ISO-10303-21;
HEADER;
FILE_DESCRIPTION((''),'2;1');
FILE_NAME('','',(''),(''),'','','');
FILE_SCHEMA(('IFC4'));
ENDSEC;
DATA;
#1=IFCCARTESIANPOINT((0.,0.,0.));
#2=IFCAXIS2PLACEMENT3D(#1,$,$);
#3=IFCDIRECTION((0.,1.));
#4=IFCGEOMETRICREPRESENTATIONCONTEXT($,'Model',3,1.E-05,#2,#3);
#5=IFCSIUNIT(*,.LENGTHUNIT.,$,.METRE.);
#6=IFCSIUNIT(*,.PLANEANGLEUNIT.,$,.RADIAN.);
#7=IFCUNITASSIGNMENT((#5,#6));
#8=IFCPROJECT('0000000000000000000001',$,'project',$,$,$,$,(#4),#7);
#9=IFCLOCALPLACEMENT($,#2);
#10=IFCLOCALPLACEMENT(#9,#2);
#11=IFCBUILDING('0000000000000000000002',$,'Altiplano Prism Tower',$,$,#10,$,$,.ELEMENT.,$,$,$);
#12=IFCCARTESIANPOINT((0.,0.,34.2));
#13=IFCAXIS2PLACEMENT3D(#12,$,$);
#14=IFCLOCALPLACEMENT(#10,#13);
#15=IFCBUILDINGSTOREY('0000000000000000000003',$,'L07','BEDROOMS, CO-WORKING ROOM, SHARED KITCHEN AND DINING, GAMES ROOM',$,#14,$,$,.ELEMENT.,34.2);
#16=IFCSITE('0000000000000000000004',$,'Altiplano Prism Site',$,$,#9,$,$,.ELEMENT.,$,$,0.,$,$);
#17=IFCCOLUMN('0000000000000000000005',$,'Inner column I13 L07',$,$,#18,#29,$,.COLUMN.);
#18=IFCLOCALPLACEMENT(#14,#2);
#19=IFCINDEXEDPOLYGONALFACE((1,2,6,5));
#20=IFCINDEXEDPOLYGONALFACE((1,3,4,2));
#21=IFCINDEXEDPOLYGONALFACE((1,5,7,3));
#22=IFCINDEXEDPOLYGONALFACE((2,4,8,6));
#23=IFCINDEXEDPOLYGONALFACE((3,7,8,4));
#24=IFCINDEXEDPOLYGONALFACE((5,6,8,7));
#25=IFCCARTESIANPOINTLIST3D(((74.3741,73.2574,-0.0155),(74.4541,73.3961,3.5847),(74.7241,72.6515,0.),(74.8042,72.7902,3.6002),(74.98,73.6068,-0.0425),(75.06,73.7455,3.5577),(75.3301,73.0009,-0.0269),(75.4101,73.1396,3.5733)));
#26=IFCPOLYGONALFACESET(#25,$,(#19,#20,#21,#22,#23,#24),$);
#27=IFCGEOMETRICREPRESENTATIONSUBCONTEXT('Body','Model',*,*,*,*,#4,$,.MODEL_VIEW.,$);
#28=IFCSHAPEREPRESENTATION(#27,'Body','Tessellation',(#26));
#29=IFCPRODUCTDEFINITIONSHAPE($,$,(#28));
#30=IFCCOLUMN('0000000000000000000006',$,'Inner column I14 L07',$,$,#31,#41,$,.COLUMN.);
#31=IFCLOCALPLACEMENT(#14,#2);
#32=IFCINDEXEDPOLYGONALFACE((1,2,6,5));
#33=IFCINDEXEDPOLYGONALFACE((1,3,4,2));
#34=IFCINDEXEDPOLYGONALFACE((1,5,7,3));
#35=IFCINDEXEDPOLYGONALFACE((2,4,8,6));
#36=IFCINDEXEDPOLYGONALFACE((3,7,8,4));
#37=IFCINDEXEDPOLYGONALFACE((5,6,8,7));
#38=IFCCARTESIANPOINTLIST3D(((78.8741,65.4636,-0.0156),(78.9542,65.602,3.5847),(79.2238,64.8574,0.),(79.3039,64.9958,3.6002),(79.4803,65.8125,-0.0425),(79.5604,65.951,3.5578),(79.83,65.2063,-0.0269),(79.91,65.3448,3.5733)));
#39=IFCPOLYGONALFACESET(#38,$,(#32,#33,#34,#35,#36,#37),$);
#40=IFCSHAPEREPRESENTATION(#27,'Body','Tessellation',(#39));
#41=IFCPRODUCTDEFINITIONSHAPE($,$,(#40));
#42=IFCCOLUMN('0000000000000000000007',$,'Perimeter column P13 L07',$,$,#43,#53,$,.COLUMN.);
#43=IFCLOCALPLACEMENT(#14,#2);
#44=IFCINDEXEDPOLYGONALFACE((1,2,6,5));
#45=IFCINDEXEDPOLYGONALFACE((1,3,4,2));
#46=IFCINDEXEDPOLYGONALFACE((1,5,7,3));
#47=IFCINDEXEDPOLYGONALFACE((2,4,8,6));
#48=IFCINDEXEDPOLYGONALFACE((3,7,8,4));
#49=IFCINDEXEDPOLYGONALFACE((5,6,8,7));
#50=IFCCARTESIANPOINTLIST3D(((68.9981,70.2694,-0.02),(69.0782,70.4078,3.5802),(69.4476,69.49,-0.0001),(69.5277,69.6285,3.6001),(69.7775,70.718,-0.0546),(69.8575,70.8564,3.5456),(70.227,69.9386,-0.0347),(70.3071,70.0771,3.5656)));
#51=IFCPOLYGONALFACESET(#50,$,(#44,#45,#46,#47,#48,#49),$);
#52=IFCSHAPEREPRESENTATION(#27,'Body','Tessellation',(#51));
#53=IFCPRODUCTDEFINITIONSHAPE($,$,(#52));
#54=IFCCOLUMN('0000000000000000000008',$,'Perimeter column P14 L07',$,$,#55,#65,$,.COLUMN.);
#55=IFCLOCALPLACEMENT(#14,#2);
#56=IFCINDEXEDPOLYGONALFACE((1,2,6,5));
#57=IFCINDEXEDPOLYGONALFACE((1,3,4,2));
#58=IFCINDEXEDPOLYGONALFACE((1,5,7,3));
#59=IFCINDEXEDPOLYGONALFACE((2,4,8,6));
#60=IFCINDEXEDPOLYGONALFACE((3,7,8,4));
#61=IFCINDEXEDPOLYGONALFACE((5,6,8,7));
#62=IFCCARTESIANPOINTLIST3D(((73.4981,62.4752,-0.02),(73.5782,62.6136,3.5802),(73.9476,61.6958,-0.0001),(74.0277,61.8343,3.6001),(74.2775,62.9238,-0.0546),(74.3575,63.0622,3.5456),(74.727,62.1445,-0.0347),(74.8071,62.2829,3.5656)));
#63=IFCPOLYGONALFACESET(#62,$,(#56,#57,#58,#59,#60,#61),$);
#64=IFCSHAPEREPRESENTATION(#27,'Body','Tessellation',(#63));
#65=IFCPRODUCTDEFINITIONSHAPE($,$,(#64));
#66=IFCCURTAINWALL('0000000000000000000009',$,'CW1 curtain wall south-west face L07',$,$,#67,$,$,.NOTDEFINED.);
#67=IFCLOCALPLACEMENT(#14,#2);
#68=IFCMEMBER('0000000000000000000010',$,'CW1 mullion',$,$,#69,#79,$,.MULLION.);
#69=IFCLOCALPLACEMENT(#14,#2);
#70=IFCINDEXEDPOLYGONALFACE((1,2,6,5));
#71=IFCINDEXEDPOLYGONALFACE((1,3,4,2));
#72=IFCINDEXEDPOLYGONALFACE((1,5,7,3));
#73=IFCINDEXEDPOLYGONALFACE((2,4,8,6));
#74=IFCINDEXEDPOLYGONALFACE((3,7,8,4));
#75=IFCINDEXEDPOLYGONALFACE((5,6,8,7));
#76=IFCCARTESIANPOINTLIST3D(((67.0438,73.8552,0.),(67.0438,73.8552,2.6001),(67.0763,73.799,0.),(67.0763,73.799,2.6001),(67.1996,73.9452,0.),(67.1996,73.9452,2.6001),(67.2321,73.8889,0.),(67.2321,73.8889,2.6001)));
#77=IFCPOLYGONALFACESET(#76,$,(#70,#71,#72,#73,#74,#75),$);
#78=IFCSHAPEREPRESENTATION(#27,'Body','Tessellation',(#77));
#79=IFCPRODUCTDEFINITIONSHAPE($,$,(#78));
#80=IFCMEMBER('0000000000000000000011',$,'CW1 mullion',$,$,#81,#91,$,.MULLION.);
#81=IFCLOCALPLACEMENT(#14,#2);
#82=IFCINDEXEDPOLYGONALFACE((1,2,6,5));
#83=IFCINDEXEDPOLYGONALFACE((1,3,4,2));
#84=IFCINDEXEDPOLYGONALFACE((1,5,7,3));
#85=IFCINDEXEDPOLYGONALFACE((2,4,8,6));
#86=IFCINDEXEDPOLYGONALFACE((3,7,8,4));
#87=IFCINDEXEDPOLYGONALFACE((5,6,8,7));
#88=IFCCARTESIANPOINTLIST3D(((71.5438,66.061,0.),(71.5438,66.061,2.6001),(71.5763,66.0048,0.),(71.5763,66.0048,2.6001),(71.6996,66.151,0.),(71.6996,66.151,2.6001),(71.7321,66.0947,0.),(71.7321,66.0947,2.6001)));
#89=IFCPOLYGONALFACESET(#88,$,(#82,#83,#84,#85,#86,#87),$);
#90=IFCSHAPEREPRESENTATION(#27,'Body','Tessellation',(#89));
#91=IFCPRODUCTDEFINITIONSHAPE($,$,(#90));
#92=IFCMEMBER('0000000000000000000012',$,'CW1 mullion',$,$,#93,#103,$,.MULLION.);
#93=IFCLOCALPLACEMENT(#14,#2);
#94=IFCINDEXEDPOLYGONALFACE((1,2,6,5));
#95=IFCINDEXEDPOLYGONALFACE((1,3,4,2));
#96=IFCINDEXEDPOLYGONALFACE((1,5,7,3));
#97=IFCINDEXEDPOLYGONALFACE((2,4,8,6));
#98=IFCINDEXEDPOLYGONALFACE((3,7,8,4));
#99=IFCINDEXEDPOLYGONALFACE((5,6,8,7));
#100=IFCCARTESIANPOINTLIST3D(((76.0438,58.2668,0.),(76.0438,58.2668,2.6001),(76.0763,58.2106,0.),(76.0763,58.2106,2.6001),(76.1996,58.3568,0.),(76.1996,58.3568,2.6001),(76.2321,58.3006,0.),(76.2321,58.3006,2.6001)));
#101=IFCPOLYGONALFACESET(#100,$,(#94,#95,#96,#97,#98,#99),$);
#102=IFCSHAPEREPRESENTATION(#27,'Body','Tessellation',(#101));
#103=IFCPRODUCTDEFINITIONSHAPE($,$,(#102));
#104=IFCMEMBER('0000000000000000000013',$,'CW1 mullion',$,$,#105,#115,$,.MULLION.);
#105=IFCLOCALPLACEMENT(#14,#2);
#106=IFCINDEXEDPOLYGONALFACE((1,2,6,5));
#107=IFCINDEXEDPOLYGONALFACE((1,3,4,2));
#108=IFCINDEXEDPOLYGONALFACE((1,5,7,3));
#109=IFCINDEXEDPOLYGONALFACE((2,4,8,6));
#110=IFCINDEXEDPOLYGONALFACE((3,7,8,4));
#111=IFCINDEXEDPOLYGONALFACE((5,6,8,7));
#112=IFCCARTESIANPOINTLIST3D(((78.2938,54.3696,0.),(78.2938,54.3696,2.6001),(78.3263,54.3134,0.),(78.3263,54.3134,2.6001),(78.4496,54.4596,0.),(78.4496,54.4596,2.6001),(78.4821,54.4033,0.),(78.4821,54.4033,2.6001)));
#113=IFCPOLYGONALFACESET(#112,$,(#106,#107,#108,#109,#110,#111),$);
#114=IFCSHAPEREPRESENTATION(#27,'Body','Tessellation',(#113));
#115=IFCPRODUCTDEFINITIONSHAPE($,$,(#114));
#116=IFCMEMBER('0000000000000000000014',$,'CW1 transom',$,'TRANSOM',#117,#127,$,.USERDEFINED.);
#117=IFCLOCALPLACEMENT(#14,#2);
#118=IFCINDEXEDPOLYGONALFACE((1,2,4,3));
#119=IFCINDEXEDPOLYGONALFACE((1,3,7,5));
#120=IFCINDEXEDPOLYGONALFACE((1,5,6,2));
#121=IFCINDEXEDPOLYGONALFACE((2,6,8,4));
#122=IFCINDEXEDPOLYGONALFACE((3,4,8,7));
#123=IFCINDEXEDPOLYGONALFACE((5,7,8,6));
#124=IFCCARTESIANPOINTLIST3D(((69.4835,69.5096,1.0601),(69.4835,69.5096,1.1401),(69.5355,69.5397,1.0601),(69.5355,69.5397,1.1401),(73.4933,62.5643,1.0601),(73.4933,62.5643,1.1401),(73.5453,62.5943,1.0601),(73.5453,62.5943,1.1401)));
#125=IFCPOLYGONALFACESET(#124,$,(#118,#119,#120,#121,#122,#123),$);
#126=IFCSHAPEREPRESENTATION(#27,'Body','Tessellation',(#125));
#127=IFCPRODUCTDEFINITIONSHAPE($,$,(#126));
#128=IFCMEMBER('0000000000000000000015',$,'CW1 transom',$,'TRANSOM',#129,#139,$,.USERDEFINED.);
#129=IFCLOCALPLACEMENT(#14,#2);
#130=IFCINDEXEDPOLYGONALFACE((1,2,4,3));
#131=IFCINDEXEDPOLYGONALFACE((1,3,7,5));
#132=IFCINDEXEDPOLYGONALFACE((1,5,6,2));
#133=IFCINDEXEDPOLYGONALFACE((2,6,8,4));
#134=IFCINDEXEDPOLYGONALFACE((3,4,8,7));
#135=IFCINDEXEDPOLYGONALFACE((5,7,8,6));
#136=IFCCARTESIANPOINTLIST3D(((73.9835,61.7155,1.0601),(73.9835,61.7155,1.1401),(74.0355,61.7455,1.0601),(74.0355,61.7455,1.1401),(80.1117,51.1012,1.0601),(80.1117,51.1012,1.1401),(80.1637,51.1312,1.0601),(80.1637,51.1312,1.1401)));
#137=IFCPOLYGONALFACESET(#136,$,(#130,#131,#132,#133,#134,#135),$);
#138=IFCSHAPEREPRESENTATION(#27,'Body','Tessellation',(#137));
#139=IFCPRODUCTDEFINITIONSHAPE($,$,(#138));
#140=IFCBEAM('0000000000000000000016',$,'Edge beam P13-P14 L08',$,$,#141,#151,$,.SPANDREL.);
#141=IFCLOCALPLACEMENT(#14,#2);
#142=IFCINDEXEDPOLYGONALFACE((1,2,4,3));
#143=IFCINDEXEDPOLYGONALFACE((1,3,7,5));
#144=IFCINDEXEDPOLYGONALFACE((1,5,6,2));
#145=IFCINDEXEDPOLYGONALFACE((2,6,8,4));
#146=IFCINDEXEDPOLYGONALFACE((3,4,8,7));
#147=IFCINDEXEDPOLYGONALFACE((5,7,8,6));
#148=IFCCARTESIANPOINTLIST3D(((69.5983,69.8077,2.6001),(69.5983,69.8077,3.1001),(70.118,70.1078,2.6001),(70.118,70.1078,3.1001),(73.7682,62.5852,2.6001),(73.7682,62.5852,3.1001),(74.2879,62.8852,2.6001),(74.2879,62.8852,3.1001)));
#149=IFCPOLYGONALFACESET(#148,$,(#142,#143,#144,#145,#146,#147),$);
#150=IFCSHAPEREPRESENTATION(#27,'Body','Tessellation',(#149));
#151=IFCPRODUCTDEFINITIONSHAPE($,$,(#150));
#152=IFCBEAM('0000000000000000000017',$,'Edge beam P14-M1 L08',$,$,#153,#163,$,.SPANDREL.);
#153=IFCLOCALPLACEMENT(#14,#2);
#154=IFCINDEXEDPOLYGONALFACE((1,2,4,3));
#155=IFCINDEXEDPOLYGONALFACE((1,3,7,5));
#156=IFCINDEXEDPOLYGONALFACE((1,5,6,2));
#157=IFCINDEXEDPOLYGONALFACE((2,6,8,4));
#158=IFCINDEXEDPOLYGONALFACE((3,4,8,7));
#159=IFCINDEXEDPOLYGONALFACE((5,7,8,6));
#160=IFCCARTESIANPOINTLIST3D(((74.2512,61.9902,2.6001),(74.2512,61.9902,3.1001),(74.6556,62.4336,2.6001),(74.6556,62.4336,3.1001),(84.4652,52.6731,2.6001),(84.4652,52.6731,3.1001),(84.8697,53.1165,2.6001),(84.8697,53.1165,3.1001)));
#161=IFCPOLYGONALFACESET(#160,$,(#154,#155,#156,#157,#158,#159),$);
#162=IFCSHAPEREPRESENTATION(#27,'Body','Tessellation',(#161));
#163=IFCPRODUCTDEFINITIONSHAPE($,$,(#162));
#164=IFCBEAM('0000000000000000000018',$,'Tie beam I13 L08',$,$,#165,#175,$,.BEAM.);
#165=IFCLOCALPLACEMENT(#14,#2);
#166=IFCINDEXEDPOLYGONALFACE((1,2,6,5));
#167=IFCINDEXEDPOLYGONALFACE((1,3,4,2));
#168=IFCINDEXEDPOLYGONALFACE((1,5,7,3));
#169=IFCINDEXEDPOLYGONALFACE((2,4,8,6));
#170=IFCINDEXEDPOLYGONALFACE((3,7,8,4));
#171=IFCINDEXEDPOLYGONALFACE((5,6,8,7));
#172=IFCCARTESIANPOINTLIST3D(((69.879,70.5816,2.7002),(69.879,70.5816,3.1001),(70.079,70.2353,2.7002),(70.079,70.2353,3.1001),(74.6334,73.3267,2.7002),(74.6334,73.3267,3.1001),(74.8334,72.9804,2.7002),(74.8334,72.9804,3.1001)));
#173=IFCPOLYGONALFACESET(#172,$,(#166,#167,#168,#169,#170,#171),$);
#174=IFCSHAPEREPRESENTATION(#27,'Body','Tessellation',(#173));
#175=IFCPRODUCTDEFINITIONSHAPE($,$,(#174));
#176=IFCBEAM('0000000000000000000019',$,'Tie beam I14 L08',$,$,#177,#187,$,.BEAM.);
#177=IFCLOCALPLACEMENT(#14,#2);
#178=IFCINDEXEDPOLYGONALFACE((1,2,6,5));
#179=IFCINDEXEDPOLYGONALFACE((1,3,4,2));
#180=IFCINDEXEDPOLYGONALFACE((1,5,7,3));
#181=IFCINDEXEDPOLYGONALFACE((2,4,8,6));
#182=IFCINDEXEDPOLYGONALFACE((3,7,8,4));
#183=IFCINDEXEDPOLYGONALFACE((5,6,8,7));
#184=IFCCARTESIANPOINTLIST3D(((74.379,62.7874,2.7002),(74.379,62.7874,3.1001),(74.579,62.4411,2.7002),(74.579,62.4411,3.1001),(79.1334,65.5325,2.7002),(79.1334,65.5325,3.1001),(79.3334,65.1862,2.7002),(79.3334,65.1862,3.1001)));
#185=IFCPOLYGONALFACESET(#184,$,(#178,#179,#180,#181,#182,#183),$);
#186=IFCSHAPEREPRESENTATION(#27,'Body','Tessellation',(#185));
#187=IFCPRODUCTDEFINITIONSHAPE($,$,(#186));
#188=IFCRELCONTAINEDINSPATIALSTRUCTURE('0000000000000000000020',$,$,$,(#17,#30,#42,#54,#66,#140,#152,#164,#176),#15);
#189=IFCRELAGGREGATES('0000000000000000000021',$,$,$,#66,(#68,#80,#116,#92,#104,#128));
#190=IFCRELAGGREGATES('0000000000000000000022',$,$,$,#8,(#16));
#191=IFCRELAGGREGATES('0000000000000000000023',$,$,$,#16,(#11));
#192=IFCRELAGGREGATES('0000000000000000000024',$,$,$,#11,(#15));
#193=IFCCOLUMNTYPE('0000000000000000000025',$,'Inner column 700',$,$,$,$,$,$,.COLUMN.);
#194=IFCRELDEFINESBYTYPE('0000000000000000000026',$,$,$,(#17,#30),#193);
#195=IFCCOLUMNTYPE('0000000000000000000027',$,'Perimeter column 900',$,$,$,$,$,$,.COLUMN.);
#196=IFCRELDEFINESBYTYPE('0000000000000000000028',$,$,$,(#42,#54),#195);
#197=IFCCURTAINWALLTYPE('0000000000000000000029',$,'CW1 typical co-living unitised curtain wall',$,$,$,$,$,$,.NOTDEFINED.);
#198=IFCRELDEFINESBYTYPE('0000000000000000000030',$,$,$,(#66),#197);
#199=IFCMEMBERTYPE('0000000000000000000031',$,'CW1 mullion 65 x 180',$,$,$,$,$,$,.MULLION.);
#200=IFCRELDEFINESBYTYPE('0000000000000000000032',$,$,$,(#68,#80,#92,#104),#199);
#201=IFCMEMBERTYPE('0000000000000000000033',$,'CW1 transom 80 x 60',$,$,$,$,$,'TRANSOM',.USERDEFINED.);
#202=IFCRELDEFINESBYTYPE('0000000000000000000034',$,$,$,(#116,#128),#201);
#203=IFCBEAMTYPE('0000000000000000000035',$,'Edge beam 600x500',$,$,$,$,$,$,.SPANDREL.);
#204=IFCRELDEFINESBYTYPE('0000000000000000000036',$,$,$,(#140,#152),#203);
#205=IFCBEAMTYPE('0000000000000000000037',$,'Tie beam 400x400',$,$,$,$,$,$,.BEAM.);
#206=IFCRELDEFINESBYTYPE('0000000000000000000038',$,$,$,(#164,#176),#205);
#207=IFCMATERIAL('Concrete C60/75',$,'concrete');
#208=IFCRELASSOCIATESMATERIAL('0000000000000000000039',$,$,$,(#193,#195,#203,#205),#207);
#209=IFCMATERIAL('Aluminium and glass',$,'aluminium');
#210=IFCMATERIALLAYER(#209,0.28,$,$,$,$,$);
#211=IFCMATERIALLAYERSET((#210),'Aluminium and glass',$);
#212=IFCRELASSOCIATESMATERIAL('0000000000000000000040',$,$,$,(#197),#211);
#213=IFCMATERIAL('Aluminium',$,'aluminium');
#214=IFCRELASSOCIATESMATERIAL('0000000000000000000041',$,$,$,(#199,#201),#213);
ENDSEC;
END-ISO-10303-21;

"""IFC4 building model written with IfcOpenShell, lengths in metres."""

from ifc_helpers import new_model, si_unit, direction, frame, origin, origin_2d, place, context, subcontext, project, spatial, rectangle, extrude, material, layer, layer_set, material_profile, profile_set, type_object, element, aggregate, save


model = new_model("IFC4")

# Units and contexts
model_context = context("Model", 3, precision=1e-05, world=origin(), true_north=direction((0.0, 1.0)))
body_context = subcontext(model_context, "Body", "Model", "MODEL_VIEW")
ifc_project = project(units=[si_unit("LENGTHUNIT", "METRE"), si_unit("PLANEANGLEUNIT", "RADIAN")], contexts=[model_context])

# Site, building, storey
site_placement = place(None, origin())
site = spatial("IfcSite", under=ifc_project, at=site_placement, Name="Altiplano Prism Site", CompositionType="ELEMENT", RefElevation=0.0)
building_placement = place(site_placement, origin())
building = spatial("IfcBuilding", under=site, at=building_placement, Name="Altiplano Prism Tower", CompositionType="ELEMENT")
storey_placement = place(building_placement, frame((0.0, 0.0, 34.2)))
storey = spatial("IfcBuildingStorey", under=building, at=storey_placement, Name="L07", Description="BEDROOMS, CO-WORKING ROOM, SHARED KITCHEN AND DINING, GAMES ROOM", CompositionType="ELEMENT", Elevation=34.2)

# Columns
ifc_material_1 = material(Name="Concrete C60/75", Category="concrete")
ifc_material_profile_1 = material_profile(ifc_material_1, rectangle(XDim=0.7, YDim=0.7, at=origin_2d()), Name="Inner column 700")
ifc_profile_set_1 = profile_set([ifc_material_profile_1], Name="Concrete C60/75")
column_type_1 = type_object("IfcColumnType", Name="Inner column 700", PredefinedType="COLUMN", material=ifc_profile_set_1)
for number, where, z_axis, x_axis, name in (
    (1, (74.8521, 73.1292, -0.0212), (0.022221, 0.038481, 0.999012), (-0.865645, -0.499178, 0.038483), "Inner column I13 L07"),
    (2, (79.3521, 65.335, -0.0212), (0.022221, 0.038413, 0.999015), (-0.866027, -0.498518, 0.038432), "Inner column I14 L07"),
):
    element("IfcColumn", number, at=place(storey_placement, frame(where, z_axis=z_axis, x_axis=x_axis)), inside=storey, type_object=column_type_1, Name=name, PredefinedType="COLUMN", context=body_context, shape_type="SweptSolid", body=[
        extrude(rectangle(XDim=0.7, YDim=0.7, at=origin_2d()), origin(), (0.0, 0.0, 1.0), 3.6038),
    ])
ifc_material_profile_2 = material_profile(ifc_material_1, rectangle(XDim=0.8999, YDim=0.8999, at=origin_2d()), Name="Perimeter column 900")
ifc_profile_set_2 = profile_set([ifc_material_profile_2], Name="Concrete C60/75")
column_type_2 = type_object("IfcColumnType", Name="Perimeter column 900", PredefinedType="COLUMN", material=ifc_profile_set_2)
for number, where, z_axis, x_axis, name in (
    (3, (69.6125, 70.104, -0.0273), (0.022221, 0.038413, 0.999015), (-0.866024, -0.498523, 0.038432), "Perimeter column P13 L07"),
    (4, (74.1125, 62.3098, -0.0273), (0.022221, 0.038413, 0.999015), (-0.866024, -0.498523, 0.038432), "Perimeter column P14 L07"),
):
    element("IfcColumn", number, at=place(storey_placement, frame(where, z_axis=z_axis, x_axis=x_axis)), inside=storey, type_object=column_type_2, Name=name, PredefinedType="COLUMN", context=body_context, shape_type="SweptSolid", body=[
        extrude(rectangle(XDim=0.8999, YDim=0.8999, at=origin_2d()), origin(), (0.0, 0.0, 1.0), 3.6038),
    ])

# Curtain wall, members
ifc_material_2 = material(Name="Aluminium and glass", Category="aluminium")
ifc_layer_1 = layer(ifc_material_2, 0.28)
ifc_layer_set_1 = layer_set([ifc_layer_1], Name="Aluminium and glass")
curtain_wall_type = type_object("IfcCurtainWallType", Name="CW1 typical co-living unitised curtain wall", PredefinedType="NOTDEFINED", material=ifc_layer_set_1)
curtain_wall_placement = place(storey_placement, origin())
curtain_wall = element("IfcCurtainWall", 5, at=curtain_wall_placement, inside=storey, type_object=curtain_wall_type, Name="CW1 curtain wall south-west face L07", PredefinedType="NOTDEFINED")
ifc_material_3 = material(Name="Aluminium", Category="aluminium")
ifc_material_profile_3 = material_profile(ifc_material_3, rectangle(XDim=0.1799, YDim=0.0649, at=origin_2d()), Name="CW1 mullion 65 x 180")
ifc_profile_set_3 = profile_set([ifc_material_profile_3], Name="Aluminium")
member_type_1 = type_object("IfcMemberType", Name="CW1 mullion 65 x 180", PredefinedType="MULLION", material=ifc_profile_set_3)
member_1_placement = place(storey_placement, frame((67.1379, 73.8721, 0.0), z_axis=(0.0, 0.0, 1.0), x_axis=(0.866025, 0.5, 0.0)))
member_1 = element("IfcMember", 6, at=member_1_placement, type_object=member_type_1, Name="CW1 mullion", PredefinedType="MULLION", context=body_context, shape_type="SweptSolid", body=[
    extrude(rectangle(XDim=0.1799, YDim=0.0649, at=origin_2d()), origin(), (0.0, 0.0, 1.0), 2.6001),
])
member_2_placement = place(storey_placement, frame((71.6379, 66.0779, 0.0), z_axis=(0.0, 0.0, 1.0), x_axis=(0.866025, 0.5, 0.0)))
member_2 = element("IfcMember", 7, at=member_2_placement, type_object=member_type_1, Name="CW1 mullion", PredefinedType="MULLION", context=body_context, shape_type="SweptSolid", body=[
    extrude(rectangle(XDim=0.1799, YDim=0.0649, at=origin_2d()), origin(), (0.0, 0.0, 1.0), 2.6001),
])
member_3_placement = place(storey_placement, frame((76.1379, 58.2837, 0.0), z_axis=(0.0, 0.0, 1.0), x_axis=(0.866025, 0.5, 0.0)))
member_3 = element("IfcMember", 8, at=member_3_placement, type_object=member_type_1, Name="CW1 mullion", PredefinedType="MULLION", context=body_context, shape_type="SweptSolid", body=[
    extrude(rectangle(XDim=0.1799, YDim=0.0649, at=origin_2d()), origin(), (0.0, 0.0, 1.0), 2.6001),
])
member_4_placement = place(storey_placement, frame((78.3879, 54.3865, 0.0), z_axis=(0.0, 0.0, 1.0), x_axis=(0.866025, 0.5, 0.0)))
member_4 = element("IfcMember", 9, at=member_4_placement, type_object=member_type_1, Name="CW1 mullion", PredefinedType="MULLION", context=body_context, shape_type="SweptSolid", body=[
    extrude(rectangle(XDim=0.1799, YDim=0.0649, at=origin_2d()), origin(), (0.0, 0.0, 1.0), 2.6001),
])
ifc_material_profile_4 = material_profile(ifc_material_3, rectangle(XDim=0.0601, YDim=0.0801, at=origin_2d()), Name="CW1 transom 80 x 60")
ifc_profile_set_4 = profile_set([ifc_material_profile_4], Name="Aluminium")
member_type_2 = type_object("IfcMemberType", Name="CW1 transom 80 x 60", ElementType="TRANSOM", PredefinedType="USERDEFINED", material=ifc_profile_set_4)
member_5_placement = place(storey_placement, frame((69.5095, 69.5247, 1.1001), z_axis=(0.499989, -0.866031, 0.0), x_axis=(0.866031, 0.499989, 0.0)))
member_5 = element("IfcMember", 10, at=member_5_placement, type_object=member_type_2, Name="CW1 transom", ObjectType="TRANSOM", PredefinedType="USERDEFINED", context=body_context, shape_type="SweptSolid", body=[
    extrude(rectangle(XDim=0.0601, YDim=0.0801, at=origin_2d()), origin(), (0.0, 0.0, 1.0), 8.0198),
])
member_6_placement = place(storey_placement, frame((74.0095, 61.7305, 1.1001), z_axis=(0.500002, -0.866024, 0.0), x_axis=(0.866024, 0.500002, 0.0)))
member_6 = element("IfcMember", 11, at=member_6_placement, type_object=member_type_2, Name="CW1 transom", ObjectType="TRANSOM", PredefinedType="USERDEFINED", context=body_context, shape_type="SweptSolid", body=[
    extrude(rectangle(XDim=0.0601, YDim=0.0801, at=origin_2d()), origin(), (0.0, 0.0, 1.0), 12.2563),
])

# Beams
ifc_material_profile_5 = material_profile(ifc_material_1, rectangle(XDim=0.6001, YDim=0.5, at=origin_2d()), Name="Edge beam 600x500")
ifc_profile_set_5 = profile_set([ifc_material_profile_5], Name="Concrete C60/75")
beam_type_1 = type_object("IfcBeamType", Name="Edge beam 600x500", PredefinedType="SPANDREL", material=ifc_profile_set_5)
beam_1_placement = place(storey_placement, frame((69.8582, 69.9578, 2.8501), z_axis=(0.499993, -0.86603, 0.0), x_axis=(0.86603, 0.499993, 0.0)))
element("IfcBeam", 12, at=beam_1_placement, inside=storey, type_object=beam_type_1, Name="Edge beam P13-P14 L08", PredefinedType="SPANDREL", context=body_context, shape_type="SweptSolid", body=[
    extrude(rectangle(XDim=0.6001, YDim=0.5, at=origin_2d()), origin(), (0.0, 0.0, 1.0), 8.3398),
])
beam_2_placement = place(storey_placement, frame((74.4534, 62.2119, 2.8501), z_axis=(0.738802, -0.673923, 0.0), x_axis=(0.673923, 0.738802, 0.0)))
element("IfcBeam", 13, at=beam_2_placement, inside=storey, type_object=beam_type_1, Name="Edge beam P14-M1 L08", PredefinedType="SPANDREL", context=body_context, shape_type="SweptSolid", body=[
    extrude(rectangle(XDim=0.6001, YDim=0.5, at=origin_2d()), origin(), (0.0, 0.0, 1.0), 13.8252),
])
ifc_material_profile_6 = material_profile(ifc_material_1, rectangle(XDim=0.3999, YDim=0.3999, at=origin_2d()), Name="Tie beam 400x400")
ifc_profile_set_6 = profile_set([ifc_material_profile_6], Name="Concrete C60/75")
beam_type_2 = type_object("IfcBeamType", Name="Tie beam 400x400", PredefinedType="BEAM", material=ifc_profile_set_6)
for number, where, z_axis, x_axis, name in (
    (14, (74.7334, 73.1536, 2.9001), (-0.866012, -0.500023, 0.0), (0.500023, -0.866012, 0.0), "Tie beam I13 L08"),
    (15, (79.2334, 65.3594, 2.9001), (-0.866012, -0.500023, 0.0), (0.500023, -0.866012, 0.0), "Tie beam I14 L08"),
):
    element("IfcBeam", number, at=place(storey_placement, frame(where, z_axis=z_axis, x_axis=x_axis)), inside=storey, type_object=beam_type_2, Name=name, PredefinedType="BEAM", context=body_context, shape_type="SweptSolid", body=[
        extrude(rectangle(XDim=0.3999, YDim=0.3999, at=origin_2d()), origin(), (0.0, 0.0, 1.0), 5.49),
    ])

aggregate(curtain_wall, [member_1, member_2, member_5, member_3, member_4, member_6])

save(model, "model.ifc")
